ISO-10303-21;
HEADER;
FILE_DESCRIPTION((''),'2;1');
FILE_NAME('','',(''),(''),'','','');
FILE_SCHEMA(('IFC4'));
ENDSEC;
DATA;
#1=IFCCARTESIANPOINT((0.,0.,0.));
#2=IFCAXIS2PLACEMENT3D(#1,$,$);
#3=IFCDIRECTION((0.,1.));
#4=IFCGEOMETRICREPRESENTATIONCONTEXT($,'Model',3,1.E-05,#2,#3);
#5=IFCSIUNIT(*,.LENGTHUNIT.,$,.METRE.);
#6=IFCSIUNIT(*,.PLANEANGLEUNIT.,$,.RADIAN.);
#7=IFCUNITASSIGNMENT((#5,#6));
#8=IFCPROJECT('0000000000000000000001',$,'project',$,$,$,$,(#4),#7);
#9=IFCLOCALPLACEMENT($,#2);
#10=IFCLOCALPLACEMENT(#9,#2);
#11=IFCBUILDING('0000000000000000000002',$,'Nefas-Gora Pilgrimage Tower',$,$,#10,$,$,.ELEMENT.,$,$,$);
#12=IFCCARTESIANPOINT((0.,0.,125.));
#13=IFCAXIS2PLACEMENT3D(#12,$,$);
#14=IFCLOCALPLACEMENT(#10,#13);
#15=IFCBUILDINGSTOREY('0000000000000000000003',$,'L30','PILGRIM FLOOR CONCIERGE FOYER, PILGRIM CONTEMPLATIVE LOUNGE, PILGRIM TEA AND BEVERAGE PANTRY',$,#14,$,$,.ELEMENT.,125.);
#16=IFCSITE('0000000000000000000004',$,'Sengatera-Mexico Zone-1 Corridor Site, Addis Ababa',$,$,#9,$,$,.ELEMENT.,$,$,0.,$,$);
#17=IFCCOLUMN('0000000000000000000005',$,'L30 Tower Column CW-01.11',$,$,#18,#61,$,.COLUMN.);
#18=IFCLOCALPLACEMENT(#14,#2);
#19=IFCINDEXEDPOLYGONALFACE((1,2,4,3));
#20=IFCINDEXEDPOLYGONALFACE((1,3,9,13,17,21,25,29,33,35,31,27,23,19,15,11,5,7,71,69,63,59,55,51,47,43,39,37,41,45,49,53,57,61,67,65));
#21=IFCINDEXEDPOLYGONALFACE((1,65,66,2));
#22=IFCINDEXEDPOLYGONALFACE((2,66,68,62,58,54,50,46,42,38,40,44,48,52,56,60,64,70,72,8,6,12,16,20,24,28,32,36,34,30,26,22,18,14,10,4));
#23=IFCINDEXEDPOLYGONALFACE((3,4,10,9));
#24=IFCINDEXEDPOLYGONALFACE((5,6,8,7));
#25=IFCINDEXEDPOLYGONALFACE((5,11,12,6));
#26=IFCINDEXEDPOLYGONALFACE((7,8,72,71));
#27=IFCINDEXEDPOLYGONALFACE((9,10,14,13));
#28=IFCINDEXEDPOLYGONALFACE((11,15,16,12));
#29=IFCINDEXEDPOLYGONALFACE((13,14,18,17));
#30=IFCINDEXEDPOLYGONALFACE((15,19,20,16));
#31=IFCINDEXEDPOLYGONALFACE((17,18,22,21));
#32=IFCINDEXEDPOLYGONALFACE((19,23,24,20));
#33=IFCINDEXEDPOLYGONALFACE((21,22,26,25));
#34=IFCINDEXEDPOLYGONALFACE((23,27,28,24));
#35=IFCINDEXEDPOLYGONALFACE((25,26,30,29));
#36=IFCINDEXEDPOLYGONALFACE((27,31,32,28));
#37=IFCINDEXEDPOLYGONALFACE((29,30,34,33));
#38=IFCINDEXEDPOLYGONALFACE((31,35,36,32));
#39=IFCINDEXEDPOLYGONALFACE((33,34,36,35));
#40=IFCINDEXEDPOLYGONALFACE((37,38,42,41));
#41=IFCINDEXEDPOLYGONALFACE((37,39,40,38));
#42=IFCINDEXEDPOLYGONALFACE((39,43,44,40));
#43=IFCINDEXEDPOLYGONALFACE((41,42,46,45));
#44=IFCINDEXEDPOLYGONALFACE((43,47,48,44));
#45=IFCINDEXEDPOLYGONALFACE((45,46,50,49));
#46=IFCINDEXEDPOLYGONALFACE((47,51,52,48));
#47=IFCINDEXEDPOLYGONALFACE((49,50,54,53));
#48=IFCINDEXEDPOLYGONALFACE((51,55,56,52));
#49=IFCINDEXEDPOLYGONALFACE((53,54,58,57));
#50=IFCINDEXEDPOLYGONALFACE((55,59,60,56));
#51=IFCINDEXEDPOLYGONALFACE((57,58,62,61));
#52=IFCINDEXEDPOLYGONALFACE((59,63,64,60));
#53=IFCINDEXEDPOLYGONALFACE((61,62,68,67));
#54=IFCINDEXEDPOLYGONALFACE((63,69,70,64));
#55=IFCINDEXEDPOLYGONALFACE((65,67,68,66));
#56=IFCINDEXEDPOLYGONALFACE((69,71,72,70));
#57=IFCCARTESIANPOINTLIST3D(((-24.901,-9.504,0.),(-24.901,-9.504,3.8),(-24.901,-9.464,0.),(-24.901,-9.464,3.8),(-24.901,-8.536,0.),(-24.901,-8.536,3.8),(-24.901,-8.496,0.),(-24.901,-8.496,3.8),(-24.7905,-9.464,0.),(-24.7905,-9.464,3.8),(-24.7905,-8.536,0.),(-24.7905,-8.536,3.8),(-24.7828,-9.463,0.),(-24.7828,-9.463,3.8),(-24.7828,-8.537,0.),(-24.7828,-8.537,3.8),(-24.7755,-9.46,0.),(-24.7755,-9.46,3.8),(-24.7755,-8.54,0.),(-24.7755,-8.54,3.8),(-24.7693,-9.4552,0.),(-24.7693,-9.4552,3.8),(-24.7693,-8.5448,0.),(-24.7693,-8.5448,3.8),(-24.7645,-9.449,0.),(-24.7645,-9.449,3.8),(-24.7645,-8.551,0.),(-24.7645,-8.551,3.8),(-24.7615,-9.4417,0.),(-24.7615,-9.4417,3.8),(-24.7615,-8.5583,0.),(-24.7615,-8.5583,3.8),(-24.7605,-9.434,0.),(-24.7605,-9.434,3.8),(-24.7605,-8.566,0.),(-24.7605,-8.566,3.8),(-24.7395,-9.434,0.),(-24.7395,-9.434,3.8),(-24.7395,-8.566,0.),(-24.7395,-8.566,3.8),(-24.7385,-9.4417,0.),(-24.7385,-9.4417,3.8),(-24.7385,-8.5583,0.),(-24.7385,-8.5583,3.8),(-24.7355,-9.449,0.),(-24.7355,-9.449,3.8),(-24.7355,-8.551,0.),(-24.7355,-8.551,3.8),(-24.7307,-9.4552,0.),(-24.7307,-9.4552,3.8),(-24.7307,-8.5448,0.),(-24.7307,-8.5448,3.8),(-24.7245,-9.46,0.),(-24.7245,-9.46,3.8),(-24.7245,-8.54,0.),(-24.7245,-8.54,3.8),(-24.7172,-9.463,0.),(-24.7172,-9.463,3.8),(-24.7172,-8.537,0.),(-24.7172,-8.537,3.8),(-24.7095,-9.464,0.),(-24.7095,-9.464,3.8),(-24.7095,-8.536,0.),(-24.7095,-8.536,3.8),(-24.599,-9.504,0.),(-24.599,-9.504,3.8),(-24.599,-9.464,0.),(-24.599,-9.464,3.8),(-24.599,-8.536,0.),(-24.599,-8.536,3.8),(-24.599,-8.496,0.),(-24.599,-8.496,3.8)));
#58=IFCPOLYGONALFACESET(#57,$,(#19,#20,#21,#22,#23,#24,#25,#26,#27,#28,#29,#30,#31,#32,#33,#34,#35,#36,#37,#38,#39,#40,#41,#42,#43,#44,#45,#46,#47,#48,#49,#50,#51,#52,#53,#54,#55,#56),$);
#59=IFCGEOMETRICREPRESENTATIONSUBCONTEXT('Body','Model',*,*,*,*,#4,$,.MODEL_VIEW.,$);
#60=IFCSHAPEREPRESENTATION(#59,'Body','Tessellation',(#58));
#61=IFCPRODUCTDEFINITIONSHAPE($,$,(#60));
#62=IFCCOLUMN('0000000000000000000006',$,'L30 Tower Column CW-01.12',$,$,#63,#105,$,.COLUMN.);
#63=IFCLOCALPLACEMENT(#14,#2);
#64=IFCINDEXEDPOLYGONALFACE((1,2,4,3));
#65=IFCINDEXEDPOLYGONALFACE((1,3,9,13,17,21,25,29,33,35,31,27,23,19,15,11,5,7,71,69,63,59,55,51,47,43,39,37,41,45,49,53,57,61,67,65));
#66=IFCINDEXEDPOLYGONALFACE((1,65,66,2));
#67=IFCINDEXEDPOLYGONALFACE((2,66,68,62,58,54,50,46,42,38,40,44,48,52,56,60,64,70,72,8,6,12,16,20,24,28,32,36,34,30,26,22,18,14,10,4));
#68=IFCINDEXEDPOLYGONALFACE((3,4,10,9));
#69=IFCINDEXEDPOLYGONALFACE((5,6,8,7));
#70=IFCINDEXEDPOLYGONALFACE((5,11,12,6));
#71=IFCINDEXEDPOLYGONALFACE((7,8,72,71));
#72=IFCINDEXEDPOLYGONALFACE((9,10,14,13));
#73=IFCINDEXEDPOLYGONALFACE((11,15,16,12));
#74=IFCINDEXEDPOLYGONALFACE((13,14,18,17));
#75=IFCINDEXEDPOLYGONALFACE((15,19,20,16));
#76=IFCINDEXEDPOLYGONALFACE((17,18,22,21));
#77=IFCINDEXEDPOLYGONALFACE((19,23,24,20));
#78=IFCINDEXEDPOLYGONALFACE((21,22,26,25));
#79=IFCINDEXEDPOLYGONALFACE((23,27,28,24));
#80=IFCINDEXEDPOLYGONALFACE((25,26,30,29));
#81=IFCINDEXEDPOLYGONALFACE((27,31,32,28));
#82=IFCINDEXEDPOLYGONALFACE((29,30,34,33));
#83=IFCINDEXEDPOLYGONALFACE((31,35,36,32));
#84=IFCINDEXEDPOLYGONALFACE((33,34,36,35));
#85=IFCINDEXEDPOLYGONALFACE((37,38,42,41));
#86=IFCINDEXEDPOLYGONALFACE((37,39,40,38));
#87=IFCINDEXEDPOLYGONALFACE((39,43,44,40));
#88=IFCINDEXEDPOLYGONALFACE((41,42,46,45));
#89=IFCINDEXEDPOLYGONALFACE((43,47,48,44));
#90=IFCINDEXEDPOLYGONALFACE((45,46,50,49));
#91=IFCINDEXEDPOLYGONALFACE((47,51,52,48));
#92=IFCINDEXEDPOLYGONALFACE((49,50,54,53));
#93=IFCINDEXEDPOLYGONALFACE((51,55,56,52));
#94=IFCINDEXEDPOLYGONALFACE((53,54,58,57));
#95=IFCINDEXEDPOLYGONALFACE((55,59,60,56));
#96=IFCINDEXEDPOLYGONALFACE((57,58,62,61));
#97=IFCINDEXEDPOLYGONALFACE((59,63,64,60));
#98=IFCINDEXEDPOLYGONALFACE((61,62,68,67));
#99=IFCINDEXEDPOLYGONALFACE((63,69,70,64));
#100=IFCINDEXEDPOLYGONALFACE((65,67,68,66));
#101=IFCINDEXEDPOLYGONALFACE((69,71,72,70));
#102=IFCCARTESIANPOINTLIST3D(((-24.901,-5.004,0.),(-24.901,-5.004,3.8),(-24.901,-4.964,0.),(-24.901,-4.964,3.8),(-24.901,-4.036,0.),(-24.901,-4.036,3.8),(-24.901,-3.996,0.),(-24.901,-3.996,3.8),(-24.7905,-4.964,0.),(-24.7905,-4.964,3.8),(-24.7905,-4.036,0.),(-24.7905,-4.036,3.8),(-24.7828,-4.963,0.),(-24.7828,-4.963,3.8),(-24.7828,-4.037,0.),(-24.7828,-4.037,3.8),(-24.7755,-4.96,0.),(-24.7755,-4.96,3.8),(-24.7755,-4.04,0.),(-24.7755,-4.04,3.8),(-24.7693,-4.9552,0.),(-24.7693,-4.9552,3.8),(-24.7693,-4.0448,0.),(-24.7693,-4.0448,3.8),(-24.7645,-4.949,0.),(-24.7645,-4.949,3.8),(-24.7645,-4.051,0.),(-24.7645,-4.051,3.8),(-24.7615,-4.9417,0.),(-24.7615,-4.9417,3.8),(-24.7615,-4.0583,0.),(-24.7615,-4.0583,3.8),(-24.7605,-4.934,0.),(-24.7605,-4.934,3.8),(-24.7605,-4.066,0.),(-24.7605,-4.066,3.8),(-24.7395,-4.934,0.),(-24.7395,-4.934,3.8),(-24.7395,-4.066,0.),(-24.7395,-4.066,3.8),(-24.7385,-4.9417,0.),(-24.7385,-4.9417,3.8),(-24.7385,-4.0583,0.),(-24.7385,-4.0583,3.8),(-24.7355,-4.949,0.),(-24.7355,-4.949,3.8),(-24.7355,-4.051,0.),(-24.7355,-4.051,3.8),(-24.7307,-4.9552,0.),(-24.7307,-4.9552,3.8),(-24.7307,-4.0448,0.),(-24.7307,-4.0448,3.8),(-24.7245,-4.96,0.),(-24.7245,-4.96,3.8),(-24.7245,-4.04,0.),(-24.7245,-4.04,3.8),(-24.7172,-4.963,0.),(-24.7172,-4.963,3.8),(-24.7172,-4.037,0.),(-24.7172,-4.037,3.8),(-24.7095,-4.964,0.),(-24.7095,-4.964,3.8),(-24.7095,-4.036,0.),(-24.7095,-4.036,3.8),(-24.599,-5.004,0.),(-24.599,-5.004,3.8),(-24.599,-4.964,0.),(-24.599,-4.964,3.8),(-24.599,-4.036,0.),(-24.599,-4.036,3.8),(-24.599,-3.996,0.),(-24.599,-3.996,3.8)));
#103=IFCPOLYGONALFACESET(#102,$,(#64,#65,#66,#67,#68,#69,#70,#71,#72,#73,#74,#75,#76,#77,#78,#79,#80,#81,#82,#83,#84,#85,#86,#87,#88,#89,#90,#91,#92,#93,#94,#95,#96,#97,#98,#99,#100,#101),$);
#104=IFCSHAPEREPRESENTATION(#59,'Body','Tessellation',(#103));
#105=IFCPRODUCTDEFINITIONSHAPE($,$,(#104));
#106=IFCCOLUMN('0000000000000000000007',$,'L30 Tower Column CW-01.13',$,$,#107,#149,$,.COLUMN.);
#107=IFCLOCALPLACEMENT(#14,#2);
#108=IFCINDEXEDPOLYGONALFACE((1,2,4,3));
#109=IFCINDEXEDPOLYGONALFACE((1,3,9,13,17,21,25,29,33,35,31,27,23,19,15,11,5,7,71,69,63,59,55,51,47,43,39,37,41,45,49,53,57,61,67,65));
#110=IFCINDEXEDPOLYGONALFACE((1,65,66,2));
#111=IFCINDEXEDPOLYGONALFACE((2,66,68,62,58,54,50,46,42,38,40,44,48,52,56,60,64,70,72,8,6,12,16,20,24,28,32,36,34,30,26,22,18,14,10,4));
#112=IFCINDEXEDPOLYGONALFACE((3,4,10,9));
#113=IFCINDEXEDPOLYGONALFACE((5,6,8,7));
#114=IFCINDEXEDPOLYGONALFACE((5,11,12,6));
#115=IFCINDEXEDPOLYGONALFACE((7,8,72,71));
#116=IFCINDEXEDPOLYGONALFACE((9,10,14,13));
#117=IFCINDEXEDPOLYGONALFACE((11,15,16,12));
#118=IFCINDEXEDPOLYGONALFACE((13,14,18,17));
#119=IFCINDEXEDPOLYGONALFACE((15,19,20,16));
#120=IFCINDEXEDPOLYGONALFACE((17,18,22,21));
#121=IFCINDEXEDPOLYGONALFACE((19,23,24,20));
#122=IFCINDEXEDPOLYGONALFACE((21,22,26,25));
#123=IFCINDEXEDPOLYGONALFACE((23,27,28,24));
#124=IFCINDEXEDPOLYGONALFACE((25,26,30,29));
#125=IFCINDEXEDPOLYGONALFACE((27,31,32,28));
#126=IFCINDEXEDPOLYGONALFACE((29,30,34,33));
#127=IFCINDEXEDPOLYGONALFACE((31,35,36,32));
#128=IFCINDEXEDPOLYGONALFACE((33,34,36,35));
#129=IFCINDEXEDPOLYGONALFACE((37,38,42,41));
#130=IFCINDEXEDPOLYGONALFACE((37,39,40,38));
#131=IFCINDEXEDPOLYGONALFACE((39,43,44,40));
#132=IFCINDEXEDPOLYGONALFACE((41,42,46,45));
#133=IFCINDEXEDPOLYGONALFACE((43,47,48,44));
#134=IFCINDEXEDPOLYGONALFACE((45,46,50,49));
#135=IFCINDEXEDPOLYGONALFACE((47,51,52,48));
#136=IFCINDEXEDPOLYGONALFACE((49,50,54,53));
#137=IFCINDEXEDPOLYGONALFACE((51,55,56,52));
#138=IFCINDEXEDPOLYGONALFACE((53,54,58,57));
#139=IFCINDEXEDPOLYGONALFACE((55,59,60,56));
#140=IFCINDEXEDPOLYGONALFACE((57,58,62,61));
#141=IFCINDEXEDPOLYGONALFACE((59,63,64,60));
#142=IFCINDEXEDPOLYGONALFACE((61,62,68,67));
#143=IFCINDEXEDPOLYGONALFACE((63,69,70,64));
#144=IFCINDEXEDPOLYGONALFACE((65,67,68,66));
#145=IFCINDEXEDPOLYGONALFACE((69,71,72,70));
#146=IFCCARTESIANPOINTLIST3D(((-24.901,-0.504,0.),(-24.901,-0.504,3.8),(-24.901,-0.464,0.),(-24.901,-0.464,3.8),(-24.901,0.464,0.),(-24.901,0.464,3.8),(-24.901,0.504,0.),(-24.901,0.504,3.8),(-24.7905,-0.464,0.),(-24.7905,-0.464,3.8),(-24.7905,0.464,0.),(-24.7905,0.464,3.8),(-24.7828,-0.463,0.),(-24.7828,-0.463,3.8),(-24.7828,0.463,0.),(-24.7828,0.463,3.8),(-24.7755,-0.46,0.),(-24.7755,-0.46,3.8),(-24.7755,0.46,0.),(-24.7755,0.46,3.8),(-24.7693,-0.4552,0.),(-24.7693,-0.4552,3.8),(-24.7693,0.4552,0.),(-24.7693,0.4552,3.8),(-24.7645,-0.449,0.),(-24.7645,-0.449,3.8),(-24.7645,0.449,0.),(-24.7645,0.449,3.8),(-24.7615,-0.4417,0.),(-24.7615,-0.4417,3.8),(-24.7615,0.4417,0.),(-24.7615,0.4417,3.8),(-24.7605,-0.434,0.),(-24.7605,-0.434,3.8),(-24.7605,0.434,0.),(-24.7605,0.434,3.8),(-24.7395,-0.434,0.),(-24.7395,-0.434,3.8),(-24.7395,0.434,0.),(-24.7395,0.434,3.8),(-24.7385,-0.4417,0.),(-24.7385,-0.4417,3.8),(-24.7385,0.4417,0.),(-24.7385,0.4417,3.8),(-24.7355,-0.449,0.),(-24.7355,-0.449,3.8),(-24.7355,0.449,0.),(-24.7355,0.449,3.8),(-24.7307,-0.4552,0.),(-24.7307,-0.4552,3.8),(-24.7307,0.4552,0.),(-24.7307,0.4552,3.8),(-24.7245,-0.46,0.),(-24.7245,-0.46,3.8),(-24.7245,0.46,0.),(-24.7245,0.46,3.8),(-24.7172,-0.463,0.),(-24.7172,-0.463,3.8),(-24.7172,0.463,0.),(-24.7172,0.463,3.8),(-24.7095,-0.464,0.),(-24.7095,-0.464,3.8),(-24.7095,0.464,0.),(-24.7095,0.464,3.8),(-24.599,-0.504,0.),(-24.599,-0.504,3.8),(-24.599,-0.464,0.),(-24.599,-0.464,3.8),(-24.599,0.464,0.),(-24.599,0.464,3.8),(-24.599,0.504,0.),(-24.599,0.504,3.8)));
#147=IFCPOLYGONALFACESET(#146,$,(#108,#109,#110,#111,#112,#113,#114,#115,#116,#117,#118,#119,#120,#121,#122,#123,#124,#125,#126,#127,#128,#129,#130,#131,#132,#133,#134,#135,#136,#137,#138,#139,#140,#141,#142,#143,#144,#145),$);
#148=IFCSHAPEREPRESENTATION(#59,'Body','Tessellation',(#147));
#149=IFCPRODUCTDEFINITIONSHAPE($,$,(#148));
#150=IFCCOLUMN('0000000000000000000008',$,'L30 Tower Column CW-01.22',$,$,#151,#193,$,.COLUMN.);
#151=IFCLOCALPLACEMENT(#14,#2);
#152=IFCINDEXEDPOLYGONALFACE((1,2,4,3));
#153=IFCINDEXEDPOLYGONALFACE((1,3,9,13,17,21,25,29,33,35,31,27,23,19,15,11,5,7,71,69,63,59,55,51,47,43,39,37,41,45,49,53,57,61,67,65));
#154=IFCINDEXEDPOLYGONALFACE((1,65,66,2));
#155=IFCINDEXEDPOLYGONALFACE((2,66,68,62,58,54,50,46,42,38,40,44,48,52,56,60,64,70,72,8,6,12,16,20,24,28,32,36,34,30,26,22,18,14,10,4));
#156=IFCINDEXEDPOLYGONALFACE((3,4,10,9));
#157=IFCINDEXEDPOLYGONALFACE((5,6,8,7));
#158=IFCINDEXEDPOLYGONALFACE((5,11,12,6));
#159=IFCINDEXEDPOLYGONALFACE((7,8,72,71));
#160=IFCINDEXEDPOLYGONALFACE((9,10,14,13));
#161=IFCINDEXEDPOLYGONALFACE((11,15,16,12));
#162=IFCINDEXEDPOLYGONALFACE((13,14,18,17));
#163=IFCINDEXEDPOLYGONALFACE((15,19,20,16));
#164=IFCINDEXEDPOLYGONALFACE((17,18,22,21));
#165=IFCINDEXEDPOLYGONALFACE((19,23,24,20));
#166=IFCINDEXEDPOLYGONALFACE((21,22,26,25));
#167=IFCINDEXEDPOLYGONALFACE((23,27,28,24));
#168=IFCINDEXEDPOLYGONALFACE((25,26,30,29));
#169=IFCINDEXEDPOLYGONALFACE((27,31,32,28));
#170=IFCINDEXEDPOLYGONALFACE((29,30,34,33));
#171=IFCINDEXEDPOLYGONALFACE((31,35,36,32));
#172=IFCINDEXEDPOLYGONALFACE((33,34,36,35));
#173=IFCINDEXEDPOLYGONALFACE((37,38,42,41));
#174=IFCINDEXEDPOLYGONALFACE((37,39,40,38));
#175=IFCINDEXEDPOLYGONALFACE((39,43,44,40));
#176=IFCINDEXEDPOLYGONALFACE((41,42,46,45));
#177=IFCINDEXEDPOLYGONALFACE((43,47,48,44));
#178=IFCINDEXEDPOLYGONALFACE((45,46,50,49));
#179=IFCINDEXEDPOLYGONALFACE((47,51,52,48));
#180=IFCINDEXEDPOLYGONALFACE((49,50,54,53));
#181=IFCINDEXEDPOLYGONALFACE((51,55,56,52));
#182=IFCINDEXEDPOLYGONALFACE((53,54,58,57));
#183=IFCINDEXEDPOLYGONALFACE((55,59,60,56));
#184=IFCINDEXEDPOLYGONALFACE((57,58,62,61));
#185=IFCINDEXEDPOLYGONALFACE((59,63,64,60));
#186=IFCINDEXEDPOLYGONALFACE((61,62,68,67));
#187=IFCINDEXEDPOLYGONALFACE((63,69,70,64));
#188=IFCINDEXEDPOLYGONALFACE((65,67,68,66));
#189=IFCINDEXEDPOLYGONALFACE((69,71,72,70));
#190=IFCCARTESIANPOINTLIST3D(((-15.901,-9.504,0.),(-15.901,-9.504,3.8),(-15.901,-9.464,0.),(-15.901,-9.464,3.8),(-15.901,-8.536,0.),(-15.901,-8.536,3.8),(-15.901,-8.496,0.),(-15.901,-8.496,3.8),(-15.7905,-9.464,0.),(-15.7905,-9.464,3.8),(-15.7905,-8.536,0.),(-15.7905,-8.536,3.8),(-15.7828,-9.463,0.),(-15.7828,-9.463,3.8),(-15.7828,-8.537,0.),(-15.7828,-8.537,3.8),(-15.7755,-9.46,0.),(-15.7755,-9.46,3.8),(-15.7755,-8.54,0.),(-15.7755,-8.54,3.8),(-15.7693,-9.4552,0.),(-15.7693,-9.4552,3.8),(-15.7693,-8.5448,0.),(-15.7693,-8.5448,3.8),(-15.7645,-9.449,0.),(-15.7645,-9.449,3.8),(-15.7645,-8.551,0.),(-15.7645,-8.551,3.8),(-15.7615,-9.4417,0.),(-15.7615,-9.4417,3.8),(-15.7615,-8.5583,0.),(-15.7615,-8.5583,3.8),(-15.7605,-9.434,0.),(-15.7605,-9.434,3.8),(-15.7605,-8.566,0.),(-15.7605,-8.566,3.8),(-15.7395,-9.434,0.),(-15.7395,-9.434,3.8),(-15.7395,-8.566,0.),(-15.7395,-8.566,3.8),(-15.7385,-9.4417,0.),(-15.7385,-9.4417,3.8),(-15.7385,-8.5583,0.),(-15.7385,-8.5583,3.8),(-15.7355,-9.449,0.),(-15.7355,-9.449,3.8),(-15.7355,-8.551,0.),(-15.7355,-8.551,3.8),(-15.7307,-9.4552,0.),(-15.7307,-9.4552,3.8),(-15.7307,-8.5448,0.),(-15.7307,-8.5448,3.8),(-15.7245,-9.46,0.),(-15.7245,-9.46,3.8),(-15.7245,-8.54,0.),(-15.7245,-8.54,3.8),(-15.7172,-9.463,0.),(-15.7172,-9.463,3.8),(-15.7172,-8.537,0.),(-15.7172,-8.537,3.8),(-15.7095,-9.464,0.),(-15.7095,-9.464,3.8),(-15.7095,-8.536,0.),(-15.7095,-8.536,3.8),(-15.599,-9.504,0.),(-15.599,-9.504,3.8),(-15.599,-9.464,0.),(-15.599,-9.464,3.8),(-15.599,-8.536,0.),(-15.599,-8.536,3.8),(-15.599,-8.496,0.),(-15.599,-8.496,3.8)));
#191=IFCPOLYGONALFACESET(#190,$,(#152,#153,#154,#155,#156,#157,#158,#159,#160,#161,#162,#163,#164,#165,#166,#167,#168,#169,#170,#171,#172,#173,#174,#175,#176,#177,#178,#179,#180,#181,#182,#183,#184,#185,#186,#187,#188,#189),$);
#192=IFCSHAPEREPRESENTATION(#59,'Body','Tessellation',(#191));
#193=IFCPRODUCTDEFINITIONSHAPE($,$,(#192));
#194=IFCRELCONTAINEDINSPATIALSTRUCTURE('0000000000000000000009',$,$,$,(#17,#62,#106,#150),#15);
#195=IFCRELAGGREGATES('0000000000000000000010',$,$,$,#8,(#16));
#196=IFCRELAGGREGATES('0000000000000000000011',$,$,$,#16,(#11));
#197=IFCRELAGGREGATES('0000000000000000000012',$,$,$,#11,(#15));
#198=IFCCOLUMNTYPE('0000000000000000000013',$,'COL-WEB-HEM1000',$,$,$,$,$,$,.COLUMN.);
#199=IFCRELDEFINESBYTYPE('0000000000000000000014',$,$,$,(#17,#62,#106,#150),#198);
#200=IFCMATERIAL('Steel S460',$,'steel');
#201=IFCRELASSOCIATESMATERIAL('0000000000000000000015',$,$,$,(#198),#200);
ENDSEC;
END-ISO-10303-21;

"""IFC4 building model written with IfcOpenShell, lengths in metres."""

from ifc_helpers import new_model, si_unit, direction, frame, origin, origin_2d, place, context, subcontext, project, spatial, i_section, extrude, source, transform, mapped, material, material_profile, profile_set, type_object, element, save


model = new_model("IFC4")

# Units and contexts
model_context = context("Model", 3, precision=1e-05, world=origin(), true_north=direction((0.0, 1.0)))
body_context = subcontext(model_context, "Body", "Model", "MODEL_VIEW")
ifc_project = project(units=[si_unit("LENGTHUNIT", "METRE"), si_unit("PLANEANGLEUNIT", "RADIAN")], contexts=[model_context])

# Site, building, storey
site_placement = place(None, origin())
site = spatial("IfcSite", under=ifc_project, at=site_placement, Name="Sengatera-Mexico Zone-1 Corridor Site, Addis Ababa", CompositionType="ELEMENT", RefElevation=0.0)
building_placement = place(site_placement, origin())
building = spatial("IfcBuilding", under=site, at=building_placement, Name="Nefas-Gora Pilgrimage Tower", CompositionType="ELEMENT")
storey_placement = place(building_placement, frame((0.0, 0.0, 125.0)))
storey = spatial("IfcBuildingStorey", under=building, at=storey_placement, Name="L30", Description="PILGRIM FLOOR CONCIERGE FOYER, PILGRIM CONTEMPLATIVE LOUNGE, PILGRIM TEA AND BEVERAGE PANTRY", CompositionType="ELEMENT", Elevation=125.0)

# Columns
ifc_material_1 = material(Name="Steel S460", Category="steel")
ifc_material_profile_1 = material_profile(ifc_material_1, i_section(OverallWidth=0.302, OverallDepth=1.0081, WebThickness=0.021, FlangeThickness=0.04, FilletRadius=0.03, at=origin_2d()), Name="HEM 1000")
ifc_profile_set_1 = profile_set([ifc_material_profile_1], Name="Steel S460")
column_type_1 = type_object("IfcColumnType", Name="COL-WEB-HEM1000", PredefinedType="COLUMN", material=ifc_profile_set_1)
shared_shape_1 = source(origin(), body_context, "Body", "SweptSolid", [
    extrude(i_section(OverallWidth=0.302, OverallDepth=1.0081, WebThickness=0.021, FlangeThickness=0.04, FilletRadius=0.03, at=origin_2d()), origin(), (0.0, 0.0, 1.0), 3.8),
])
for number, where, z_axis, x_axis, name in (
    (1, (-24.75, -9.0, 0.0), (0.0, 0.0, 1.0), (1.0, 0.0, 0.0), "L30 Tower Column CW-01.11"),
    (2, (-24.75, -4.5, 0.0), (0.0, 0.0, 1.0), (1.0, 0.0, 0.0), "L30 Tower Column CW-01.12"),
    (3, (-24.75, 0.0, 0.0), (0.0, 0.0, 1.0), (1.0, 0.0, 0.0), "L30 Tower Column CW-01.13"),
    (4, (-15.75, -9.0, 0.0), (0.0, 0.0, 1.0), (1.0, 0.0, 0.0), "L30 Tower Column CW-01.22"),
):
    element("IfcColumn", number, at=place(storey_placement, frame(where, z_axis=z_axis, x_axis=x_axis)), inside=storey, type_object=column_type_1, Name=name, PredefinedType="COLUMN", context=body_context, shape_type="MappedRepresentation", body=[
        mapped(shared_shape_1, transform((0.0, 0.0, 0.0), x_axis=(1.0, 0.0, 0.0), y_axis=(0.0, 1.0, 0.0), z_axis=(0.0, 0.0, 1.0), scale=1.0)),
    ])

save(model, "model.ifc")
